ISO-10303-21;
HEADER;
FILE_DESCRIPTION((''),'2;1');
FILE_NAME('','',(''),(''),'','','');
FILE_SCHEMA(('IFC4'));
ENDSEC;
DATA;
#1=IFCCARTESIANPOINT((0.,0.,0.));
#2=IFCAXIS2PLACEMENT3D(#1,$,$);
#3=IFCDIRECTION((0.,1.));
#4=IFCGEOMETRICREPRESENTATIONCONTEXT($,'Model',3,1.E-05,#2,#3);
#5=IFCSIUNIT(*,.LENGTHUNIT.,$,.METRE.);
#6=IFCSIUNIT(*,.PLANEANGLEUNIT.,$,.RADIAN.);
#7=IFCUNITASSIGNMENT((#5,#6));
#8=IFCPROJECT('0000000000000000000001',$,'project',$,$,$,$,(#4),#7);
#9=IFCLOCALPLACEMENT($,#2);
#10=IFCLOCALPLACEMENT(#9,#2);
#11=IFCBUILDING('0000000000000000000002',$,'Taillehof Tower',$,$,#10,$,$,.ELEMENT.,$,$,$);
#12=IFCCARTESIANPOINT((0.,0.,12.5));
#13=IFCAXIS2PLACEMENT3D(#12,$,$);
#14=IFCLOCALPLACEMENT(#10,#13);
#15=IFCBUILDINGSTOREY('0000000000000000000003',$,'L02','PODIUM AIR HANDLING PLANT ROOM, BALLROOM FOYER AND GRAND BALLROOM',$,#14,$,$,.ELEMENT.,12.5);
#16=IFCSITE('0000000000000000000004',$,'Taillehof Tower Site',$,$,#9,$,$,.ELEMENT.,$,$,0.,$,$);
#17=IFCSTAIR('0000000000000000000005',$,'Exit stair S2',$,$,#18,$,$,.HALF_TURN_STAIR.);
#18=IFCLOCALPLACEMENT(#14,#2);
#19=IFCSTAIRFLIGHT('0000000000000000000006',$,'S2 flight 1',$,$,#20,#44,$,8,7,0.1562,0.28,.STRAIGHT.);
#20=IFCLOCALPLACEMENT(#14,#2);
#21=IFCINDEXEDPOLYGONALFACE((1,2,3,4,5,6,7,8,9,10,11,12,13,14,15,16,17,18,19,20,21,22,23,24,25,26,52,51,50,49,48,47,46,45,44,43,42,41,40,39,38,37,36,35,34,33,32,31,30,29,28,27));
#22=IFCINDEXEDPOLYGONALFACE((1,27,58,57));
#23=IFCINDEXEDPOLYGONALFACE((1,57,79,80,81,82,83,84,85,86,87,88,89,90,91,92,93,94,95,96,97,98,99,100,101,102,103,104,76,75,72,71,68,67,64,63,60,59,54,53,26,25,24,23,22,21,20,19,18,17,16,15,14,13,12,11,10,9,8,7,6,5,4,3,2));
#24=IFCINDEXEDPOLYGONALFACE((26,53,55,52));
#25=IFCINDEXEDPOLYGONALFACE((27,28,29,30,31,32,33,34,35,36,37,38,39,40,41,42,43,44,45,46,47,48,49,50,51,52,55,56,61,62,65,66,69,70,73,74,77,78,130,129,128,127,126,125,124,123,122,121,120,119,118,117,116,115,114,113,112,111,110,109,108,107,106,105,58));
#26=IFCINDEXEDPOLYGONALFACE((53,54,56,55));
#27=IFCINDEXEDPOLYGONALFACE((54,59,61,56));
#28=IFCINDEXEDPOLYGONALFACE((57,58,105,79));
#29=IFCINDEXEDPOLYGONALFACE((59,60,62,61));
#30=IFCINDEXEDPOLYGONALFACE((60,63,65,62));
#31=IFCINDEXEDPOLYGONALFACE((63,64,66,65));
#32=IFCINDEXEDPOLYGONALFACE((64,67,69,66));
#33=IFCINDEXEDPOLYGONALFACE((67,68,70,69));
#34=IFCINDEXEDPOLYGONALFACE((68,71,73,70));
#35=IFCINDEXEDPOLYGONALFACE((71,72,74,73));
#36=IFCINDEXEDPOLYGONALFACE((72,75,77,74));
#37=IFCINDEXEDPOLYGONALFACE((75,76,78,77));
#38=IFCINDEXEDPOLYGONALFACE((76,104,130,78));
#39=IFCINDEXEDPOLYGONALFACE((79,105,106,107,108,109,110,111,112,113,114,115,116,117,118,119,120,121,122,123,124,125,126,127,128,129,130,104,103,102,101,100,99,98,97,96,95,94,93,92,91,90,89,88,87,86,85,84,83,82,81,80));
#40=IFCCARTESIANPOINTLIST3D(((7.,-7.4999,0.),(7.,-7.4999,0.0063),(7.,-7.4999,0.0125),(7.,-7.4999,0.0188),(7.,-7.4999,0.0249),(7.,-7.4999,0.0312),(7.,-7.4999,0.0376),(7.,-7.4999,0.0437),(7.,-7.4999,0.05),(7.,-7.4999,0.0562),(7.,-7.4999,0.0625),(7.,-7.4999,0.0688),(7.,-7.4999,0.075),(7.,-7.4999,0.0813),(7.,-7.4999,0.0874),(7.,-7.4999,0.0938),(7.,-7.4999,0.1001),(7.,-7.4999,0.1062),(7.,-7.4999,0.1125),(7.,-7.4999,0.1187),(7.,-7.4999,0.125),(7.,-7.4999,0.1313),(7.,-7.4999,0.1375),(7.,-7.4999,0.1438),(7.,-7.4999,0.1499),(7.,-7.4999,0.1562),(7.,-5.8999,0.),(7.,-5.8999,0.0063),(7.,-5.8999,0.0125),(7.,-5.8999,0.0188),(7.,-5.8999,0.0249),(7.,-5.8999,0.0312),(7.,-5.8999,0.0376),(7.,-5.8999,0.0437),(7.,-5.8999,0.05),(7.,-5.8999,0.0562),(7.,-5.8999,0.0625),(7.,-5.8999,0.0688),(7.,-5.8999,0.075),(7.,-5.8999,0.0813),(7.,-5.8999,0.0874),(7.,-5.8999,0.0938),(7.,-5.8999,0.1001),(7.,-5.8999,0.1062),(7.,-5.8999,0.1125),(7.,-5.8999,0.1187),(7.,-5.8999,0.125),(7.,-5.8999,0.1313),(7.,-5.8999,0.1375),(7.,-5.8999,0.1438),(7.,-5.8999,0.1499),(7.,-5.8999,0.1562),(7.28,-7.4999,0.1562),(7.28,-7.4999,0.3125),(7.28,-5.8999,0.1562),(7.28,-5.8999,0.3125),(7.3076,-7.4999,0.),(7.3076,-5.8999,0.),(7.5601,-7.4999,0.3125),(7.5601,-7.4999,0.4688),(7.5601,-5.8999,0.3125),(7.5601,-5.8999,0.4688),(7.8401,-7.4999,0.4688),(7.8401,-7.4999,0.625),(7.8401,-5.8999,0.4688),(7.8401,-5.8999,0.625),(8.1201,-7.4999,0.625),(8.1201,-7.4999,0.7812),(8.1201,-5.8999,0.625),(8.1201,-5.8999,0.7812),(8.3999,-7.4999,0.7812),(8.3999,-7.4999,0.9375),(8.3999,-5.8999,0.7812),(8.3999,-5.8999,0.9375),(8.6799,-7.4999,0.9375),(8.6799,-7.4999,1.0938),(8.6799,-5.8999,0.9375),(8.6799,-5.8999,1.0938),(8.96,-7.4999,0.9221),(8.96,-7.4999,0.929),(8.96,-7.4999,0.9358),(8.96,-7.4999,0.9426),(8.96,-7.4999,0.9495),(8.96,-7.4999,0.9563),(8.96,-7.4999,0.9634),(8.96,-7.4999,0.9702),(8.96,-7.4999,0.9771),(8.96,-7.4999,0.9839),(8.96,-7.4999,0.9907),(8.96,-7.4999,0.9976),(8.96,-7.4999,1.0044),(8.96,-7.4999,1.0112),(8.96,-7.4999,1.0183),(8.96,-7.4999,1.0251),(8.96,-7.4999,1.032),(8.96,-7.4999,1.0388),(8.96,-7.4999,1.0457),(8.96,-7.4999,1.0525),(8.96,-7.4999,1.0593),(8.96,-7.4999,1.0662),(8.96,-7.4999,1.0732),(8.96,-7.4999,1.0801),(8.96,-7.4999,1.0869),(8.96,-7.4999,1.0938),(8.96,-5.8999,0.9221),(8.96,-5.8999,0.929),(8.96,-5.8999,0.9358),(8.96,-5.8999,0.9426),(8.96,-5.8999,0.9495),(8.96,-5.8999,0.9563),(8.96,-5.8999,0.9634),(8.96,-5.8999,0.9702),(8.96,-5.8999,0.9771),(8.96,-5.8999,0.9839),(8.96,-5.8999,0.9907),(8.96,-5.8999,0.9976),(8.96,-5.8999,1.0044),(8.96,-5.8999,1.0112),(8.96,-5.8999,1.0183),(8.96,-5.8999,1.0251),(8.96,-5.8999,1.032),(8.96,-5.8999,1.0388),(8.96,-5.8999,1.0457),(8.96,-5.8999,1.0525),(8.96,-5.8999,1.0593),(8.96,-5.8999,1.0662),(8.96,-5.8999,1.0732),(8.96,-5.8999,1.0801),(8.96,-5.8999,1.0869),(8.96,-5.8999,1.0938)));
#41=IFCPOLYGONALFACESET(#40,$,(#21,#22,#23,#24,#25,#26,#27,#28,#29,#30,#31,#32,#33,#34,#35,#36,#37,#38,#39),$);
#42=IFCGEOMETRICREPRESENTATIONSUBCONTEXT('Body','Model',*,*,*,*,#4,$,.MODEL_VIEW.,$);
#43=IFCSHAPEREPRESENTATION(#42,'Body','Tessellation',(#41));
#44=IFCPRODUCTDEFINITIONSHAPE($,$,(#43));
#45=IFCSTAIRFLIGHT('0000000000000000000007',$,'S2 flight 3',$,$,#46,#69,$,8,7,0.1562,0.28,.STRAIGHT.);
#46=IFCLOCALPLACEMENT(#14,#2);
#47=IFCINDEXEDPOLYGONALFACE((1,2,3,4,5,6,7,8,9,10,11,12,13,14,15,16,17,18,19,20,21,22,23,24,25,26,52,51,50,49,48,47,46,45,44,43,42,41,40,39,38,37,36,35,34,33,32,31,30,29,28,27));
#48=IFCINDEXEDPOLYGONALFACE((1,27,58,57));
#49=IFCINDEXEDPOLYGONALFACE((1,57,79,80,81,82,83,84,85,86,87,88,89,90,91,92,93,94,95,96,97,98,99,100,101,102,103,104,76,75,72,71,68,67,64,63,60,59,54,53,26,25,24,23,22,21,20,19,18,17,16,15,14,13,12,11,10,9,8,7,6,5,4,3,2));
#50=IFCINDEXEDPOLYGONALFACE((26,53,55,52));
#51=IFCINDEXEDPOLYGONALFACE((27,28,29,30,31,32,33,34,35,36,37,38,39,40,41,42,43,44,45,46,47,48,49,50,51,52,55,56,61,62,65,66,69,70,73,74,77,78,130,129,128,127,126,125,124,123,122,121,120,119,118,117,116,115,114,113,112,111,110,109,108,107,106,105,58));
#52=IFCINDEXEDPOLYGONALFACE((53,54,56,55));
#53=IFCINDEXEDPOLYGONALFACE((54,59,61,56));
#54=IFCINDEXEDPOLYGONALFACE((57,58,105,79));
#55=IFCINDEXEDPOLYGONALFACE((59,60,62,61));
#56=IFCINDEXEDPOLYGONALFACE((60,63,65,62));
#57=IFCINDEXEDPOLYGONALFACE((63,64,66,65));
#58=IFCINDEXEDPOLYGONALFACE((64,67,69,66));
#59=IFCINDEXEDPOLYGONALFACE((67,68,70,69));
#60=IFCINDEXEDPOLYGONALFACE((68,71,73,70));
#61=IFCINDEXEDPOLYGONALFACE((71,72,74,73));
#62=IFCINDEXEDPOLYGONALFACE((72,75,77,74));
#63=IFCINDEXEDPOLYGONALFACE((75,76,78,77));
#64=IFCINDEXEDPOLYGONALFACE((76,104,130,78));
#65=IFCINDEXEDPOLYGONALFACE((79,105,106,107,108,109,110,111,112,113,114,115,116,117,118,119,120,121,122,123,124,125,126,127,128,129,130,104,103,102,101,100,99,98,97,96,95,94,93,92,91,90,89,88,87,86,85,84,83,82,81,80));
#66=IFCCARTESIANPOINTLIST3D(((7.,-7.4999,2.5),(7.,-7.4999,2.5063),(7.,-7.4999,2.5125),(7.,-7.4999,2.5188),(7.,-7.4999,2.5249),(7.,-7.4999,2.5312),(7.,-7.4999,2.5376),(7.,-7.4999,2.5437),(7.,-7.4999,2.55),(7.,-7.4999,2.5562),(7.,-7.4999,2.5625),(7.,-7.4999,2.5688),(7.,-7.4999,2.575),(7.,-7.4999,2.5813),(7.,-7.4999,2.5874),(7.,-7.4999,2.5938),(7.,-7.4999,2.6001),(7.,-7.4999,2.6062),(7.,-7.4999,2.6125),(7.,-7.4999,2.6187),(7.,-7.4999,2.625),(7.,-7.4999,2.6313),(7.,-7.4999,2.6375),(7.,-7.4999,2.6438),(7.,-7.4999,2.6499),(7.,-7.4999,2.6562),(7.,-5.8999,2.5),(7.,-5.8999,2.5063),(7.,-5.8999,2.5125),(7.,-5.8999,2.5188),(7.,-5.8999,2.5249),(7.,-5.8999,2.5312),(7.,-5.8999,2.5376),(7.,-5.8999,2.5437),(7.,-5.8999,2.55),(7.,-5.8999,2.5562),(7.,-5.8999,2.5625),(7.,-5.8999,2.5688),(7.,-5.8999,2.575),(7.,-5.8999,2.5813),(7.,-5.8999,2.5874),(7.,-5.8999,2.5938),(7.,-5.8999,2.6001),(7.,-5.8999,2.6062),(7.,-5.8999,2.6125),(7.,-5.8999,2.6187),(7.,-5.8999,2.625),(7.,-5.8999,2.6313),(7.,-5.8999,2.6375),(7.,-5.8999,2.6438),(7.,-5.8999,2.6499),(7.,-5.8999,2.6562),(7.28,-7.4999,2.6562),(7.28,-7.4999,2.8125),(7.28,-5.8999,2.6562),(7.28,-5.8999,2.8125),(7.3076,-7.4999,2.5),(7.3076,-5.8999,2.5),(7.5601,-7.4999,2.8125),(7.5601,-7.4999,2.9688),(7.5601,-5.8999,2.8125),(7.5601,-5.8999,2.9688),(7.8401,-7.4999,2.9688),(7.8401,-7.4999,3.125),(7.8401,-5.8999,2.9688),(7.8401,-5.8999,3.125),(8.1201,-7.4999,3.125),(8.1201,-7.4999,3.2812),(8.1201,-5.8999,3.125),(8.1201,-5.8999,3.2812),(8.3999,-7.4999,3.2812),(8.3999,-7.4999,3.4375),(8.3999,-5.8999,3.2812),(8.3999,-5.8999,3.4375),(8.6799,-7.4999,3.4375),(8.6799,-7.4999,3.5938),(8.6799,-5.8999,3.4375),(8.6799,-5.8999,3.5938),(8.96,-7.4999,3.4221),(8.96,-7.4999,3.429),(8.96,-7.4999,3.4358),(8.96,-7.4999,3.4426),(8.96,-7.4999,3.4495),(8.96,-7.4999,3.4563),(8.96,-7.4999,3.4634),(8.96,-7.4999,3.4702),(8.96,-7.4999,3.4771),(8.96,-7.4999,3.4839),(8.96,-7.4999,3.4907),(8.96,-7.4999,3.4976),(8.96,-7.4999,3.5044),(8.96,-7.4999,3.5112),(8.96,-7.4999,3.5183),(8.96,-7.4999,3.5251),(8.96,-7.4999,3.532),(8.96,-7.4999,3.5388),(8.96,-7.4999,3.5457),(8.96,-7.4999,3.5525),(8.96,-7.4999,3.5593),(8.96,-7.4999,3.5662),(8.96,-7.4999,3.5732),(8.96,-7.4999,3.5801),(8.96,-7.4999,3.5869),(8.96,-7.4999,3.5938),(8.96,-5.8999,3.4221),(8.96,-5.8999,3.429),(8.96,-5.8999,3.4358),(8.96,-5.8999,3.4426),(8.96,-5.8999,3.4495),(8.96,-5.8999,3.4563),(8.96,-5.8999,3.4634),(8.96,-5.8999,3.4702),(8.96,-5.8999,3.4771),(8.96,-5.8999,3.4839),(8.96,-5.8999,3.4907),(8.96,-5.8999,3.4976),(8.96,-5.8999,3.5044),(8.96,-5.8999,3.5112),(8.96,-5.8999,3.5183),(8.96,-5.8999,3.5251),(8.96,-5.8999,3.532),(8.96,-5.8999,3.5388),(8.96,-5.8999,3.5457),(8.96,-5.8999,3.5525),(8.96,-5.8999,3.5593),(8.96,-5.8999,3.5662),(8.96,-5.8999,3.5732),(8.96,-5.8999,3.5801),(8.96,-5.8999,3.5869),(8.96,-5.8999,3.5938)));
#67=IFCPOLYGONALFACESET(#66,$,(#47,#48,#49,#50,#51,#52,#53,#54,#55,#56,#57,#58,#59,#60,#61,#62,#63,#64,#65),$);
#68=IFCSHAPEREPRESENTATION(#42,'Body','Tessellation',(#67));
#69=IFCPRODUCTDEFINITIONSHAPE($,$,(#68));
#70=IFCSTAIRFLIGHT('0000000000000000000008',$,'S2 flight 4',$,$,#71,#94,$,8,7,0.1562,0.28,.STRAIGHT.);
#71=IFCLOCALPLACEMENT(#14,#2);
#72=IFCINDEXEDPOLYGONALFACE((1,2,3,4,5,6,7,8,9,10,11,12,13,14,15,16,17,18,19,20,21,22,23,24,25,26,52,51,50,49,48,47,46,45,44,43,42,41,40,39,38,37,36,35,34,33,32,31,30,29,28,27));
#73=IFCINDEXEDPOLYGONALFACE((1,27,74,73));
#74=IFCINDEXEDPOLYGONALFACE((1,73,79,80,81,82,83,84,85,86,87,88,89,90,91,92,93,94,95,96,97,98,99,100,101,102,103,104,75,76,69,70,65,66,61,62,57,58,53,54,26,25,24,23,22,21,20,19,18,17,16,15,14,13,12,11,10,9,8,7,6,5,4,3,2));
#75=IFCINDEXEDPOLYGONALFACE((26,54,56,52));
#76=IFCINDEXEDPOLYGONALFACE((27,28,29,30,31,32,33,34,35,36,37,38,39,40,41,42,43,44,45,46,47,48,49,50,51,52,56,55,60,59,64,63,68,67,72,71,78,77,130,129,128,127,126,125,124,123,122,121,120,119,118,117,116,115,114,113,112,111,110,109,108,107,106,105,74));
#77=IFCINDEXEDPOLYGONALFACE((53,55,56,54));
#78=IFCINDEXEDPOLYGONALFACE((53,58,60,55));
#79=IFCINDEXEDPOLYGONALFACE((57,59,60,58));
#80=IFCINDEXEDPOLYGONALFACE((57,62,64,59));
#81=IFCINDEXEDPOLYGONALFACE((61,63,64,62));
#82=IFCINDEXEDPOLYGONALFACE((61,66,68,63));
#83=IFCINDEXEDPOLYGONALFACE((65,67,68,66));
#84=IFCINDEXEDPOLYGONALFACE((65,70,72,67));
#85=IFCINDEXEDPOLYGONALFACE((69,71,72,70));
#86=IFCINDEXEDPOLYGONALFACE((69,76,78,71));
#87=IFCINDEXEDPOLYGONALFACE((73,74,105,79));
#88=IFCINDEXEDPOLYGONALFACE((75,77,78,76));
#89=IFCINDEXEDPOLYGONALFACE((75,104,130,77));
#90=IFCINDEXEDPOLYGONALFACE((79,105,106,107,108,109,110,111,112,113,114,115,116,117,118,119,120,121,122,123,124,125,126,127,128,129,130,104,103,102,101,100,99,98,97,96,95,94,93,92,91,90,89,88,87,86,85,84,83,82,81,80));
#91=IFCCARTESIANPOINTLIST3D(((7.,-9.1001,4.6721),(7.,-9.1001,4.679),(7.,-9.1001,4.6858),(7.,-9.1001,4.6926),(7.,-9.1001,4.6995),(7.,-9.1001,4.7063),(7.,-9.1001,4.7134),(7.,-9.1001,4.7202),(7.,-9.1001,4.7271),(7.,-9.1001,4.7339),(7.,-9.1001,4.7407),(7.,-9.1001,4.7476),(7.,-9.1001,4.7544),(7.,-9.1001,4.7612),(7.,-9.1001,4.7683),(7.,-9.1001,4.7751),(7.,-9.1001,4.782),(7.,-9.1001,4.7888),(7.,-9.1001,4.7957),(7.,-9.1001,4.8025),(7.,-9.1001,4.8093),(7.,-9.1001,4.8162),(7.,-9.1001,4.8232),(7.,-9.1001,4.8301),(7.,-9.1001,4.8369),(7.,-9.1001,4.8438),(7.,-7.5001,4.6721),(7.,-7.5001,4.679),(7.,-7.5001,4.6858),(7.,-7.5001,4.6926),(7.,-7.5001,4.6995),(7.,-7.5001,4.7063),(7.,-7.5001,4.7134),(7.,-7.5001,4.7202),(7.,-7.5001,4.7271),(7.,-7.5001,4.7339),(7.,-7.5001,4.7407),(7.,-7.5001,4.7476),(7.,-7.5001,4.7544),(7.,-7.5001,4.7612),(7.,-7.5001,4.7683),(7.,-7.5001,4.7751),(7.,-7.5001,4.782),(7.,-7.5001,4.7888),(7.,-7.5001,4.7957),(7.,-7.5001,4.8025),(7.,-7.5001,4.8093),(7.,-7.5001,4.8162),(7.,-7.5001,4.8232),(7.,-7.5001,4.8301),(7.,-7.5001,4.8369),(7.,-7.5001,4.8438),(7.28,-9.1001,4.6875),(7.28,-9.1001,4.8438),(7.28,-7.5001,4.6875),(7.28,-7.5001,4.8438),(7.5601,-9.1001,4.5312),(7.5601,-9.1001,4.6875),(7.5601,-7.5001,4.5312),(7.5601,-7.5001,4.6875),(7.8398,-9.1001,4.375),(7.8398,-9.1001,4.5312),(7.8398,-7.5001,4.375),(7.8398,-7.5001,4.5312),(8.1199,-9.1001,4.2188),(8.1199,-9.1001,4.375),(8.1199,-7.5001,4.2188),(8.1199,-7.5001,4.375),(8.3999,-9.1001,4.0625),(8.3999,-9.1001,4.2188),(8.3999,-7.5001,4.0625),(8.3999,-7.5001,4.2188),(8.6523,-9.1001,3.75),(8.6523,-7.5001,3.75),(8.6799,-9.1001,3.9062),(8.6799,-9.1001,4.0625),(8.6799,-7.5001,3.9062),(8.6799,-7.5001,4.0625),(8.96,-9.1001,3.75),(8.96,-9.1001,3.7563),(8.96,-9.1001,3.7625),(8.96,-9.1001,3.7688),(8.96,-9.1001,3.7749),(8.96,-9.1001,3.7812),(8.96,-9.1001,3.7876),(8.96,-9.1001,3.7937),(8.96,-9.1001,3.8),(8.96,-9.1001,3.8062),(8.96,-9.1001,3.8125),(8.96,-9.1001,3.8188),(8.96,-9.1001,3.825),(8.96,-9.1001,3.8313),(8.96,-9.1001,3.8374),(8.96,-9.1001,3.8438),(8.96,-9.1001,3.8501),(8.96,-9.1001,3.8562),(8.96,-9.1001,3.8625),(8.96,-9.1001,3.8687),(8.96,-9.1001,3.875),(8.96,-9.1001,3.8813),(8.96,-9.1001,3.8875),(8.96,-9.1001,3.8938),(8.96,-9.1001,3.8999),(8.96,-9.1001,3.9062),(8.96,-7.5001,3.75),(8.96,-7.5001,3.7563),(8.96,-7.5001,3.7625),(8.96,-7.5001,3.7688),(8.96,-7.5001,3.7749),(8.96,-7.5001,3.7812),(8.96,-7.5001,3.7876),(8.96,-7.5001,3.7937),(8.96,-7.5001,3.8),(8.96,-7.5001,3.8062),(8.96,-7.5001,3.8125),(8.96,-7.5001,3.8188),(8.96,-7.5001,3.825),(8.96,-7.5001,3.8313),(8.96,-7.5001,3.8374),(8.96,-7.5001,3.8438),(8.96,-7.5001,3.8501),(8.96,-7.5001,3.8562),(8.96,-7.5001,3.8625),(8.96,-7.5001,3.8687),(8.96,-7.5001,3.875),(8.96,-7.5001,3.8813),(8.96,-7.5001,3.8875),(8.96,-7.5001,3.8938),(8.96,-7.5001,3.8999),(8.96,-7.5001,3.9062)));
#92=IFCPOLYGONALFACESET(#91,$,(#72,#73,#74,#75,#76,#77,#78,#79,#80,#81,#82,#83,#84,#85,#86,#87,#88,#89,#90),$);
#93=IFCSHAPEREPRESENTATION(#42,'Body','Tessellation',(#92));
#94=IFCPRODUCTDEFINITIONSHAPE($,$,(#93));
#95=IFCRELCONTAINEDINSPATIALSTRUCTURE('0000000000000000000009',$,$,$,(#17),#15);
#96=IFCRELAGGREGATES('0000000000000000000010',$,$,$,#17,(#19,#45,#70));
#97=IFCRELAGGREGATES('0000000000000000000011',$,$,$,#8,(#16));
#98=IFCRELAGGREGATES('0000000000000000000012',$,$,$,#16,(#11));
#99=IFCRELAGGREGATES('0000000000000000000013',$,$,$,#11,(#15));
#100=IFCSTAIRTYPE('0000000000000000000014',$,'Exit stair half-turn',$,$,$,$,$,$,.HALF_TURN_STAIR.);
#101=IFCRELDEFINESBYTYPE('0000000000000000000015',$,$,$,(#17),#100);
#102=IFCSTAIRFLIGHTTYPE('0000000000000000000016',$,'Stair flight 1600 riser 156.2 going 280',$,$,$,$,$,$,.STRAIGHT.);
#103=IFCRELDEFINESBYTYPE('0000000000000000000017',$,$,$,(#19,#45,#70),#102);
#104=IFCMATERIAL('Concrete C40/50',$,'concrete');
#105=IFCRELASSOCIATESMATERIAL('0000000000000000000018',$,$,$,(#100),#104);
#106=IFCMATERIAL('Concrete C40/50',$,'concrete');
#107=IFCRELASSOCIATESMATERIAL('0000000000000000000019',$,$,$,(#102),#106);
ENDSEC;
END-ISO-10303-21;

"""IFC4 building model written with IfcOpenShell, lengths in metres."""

from ifc_helpers import new_model, si_unit, direction, frame, origin, place, context, subcontext, project, spatial, polyline, outline, extrude, material, type_object, element, aggregate, save


model = new_model("IFC4")

# Units and contexts
model_context = context("Model", 3, precision=1e-05, world=origin(), true_north=direction((0.0, 1.0)))
body_context = subcontext(model_context, "Body", "Model", "MODEL_VIEW")
ifc_project = project(units=[si_unit("LENGTHUNIT", "METRE"), si_unit("PLANEANGLEUNIT", "RADIAN")], contexts=[model_context])

# Site, building, storey
site_placement = place(None, origin())
site = spatial("IfcSite", under=ifc_project, at=site_placement, Name="Taillehof Tower Site", CompositionType="ELEMENT", RefElevation=0.0)
building_placement = place(site_placement, origin())
building = spatial("IfcBuilding", under=site, at=building_placement, Name="Taillehof Tower", CompositionType="ELEMENT")
storey_placement = place(building_placement, frame((0.0, 0.0, 12.5)))
storey = spatial("IfcBuildingStorey", under=building, at=storey_placement, Name="L02", Description="PODIUM AIR HANDLING PLANT ROOM, BALLROOM FOYER AND GRAND BALLROOM", CompositionType="ELEMENT", Elevation=12.5)

# Stair, stair flights
ifc_material_1 = material(Name="Concrete C40/50", Category="concrete")
stair_type = type_object("IfcStairType", Name="Exit stair half-turn", PredefinedType="HALF_TURN_STAIR", material=ifc_material_1)
stair_placement = place(storey_placement, origin())
stair = element("IfcStair", 1, at=stair_placement, inside=storey, type_object=stair_type, Name="Exit stair S2", PredefinedType="HALF_TURN_STAIR")
ifc_material_2 = material(Name="Concrete C40/50", Category="concrete")
stair_flight_type = type_object("IfcStairFlightType", Name="Stair flight 1600 riser 156.2 going 280", PredefinedType="STRAIGHT", material=ifc_material_2)
stair_flight_1_placement = place(storey_placement, frame((7.0, -6.7, 0.0), z_axis=(0.0, 0.0, 1.0), x_axis=(1.0, 0.0, 0.0)))
stair_flight_1 = element("IfcStairFlight", 2, at=stair_flight_1_placement, type_object=stair_flight_type, Name="S2 flight 1", NumberOfRisers=8, NumberOfTreads=7, PredefinedType="STRAIGHT", RiserHeight=0.1562, TreadLength=0.28, context=body_context, shape_type="SweptSolid", body=[
    extrude(outline(polyline([(0.0, 0.0), (0.0, 0.0063), (0.0, 0.0125), (0.0, 0.0188), (0.0, 0.0249), (0.0, 0.0312), (0.0, 0.0376), (0.0, 0.0437), (0.0, 0.05), (0.0, 0.0562), (0.0, 0.0625), (0.0, 0.0688), (0.0, 0.075), (0.0, 0.0813), (0.0, 0.0874), (0.0, 0.0938), (0.0, 0.1001), (0.0, 0.1062), (0.0, 0.1125), (0.0, 0.1187), (0.0, 0.125), (0.0, 0.1313), (0.0, 0.1375), (0.0, 0.1438), (0.0, 0.1499), (0.0, 0.1562), (0.28, 0.1562), (0.28, 0.3125), (0.5601, 0.3125), (0.5601, 0.4688), (0.8401, 0.4688), (0.8401, 0.625), (1.1201, 0.625), (1.1201, 0.7812), (1.3999, 0.7812), (1.3999, 0.9375), (1.6799, 0.9375), (1.6799, 1.0938), (1.96, 1.0938), (1.96, 1.0869), (1.96, 1.0801), (1.96, 1.0732), (1.96, 1.0662), (1.96, 1.0593), (1.96, 1.0525), (1.96, 1.0457), (1.96, 1.0388), (1.96, 1.032), (1.96, 1.0251), (1.96, 1.0183), (1.96, 1.0112), (1.96, 1.0044), (1.96, 0.9976), (1.96, 0.9907), (1.96, 0.9839), (1.96, 0.9771), (1.96, 0.9702), (1.96, 0.9634), (1.96, 0.9563), (1.96, 0.9495), (1.96, 0.9426), (1.96, 0.9358), (1.96, 0.929), (1.96, 0.9221), (0.3076, 0.0), (0.0, 0.0)])), frame((0.0, 0.8, 0.0), z_axis=(0.0, -1.0, 0.0), x_axis=(1.0, 0.0, 0.0)), (0.0, 0.0, 1.0), 1.6),
])
stair_flight_2_placement = place(storey_placement, frame((7.0, -6.7, 2.5), z_axis=(0.0, 0.0, 1.0), x_axis=(1.0, 0.0, 0.0)))
stair_flight_2 = element("IfcStairFlight", 3, at=stair_flight_2_placement, type_object=stair_flight_type, Name="S2 flight 3", NumberOfRisers=8, NumberOfTreads=7, PredefinedType="STRAIGHT", RiserHeight=0.1562, TreadLength=0.28, context=body_context, shape_type="SweptSolid", body=[
    extrude(outline(polyline([(0.0, 0.0), (0.0, 0.0063), (0.0, 0.0125), (0.0, 0.0188), (0.0, 0.0249), (0.0, 0.0312), (0.0, 0.0376), (0.0, 0.0437), (0.0, 0.05), (0.0, 0.0562), (0.0, 0.0625), (0.0, 0.0688), (0.0, 0.075), (0.0, 0.0813), (0.0, 0.0874), (0.0, 0.0938), (0.0, 0.1001), (0.0, 0.1062), (0.0, 0.1125), (0.0, 0.1187), (0.0, 0.125), (0.0, 0.1313), (0.0, 0.1375), (0.0, 0.1438), (0.0, 0.1499), (0.0, 0.1562), (0.28, 0.1562), (0.28, 0.3125), (0.5601, 0.3125), (0.5601, 0.4688), (0.8401, 0.4688), (0.8401, 0.625), (1.1201, 0.625), (1.1201, 0.7812), (1.3999, 0.7812), (1.3999, 0.9375), (1.6799, 0.9375), (1.6799, 1.0938), (1.96, 1.0938), (1.96, 1.0869), (1.96, 1.0801), (1.96, 1.0732), (1.96, 1.0662), (1.96, 1.0593), (1.96, 1.0525), (1.96, 1.0457), (1.96, 1.0388), (1.96, 1.032), (1.96, 1.0251), (1.96, 1.0183), (1.96, 1.0112), (1.96, 1.0044), (1.96, 0.9976), (1.96, 0.9907), (1.96, 0.9839), (1.96, 0.9771), (1.96, 0.9702), (1.96, 0.9634), (1.96, 0.9563), (1.96, 0.9495), (1.96, 0.9426), (1.96, 0.9358), (1.96, 0.929), (1.96, 0.9221), (0.3076, 0.0), (0.0, 0.0)])), frame((0.0, 0.8, 0.0), z_axis=(0.0, -1.0, 0.0), x_axis=(1.0, 0.0, 0.0)), (0.0, 0.0, 1.0), 1.6),
])
stair_flight_3_placement = place(storey_placement, frame((8.96, -8.3, 3.75), z_axis=(0.0, 0.0, 1.0), x_axis=(-1.0, 0.0, 0.0)))
stair_flight_3 = element("IfcStairFlight", 4, at=stair_flight_3_placement, type_object=stair_flight_type, Name="S2 flight 4", NumberOfRisers=8, NumberOfTreads=7, PredefinedType="STRAIGHT", RiserHeight=0.1562, TreadLength=0.28, context=body_context, shape_type="SweptSolid", body=[
    extrude(outline(polyline([(0.0, 0.0), (0.0, 0.0063), (0.0, 0.0125), (0.0, 0.0188), (0.0, 0.0249), (0.0, 0.0312), (0.0, 0.0376), (0.0, 0.0437), (0.0, 0.05), (0.0, 0.0562), (0.0, 0.0625), (0.0, 0.0688), (0.0, 0.075), (0.0, 0.0813), (0.0, 0.0874), (0.0, 0.0938), (0.0, 0.1001), (0.0, 0.1062), (0.0, 0.1125), (0.0, 0.1187), (0.0, 0.125), (0.0, 0.1313), (0.0, 0.1375), (0.0, 0.1438), (0.0, 0.1499), (0.0, 0.1562), (0.28, 0.1562), (0.28, 0.3125), (0.5601, 0.3125), (0.5601, 0.4688), (0.8401, 0.4688), (0.8401, 0.625), (1.1201, 0.625), (1.1201, 0.7812), (1.3999, 0.7812), (1.3999, 0.9375), (1.6799, 0.9375), (1.6799, 1.0938), (1.96, 1.0938), (1.96, 1.0869), (1.96, 1.0801), (1.96, 1.0732), (1.96, 1.0662), (1.96, 1.0593), (1.96, 1.0525), (1.96, 1.0457), (1.96, 1.0388), (1.96, 1.032), (1.96, 1.0251), (1.96, 1.0183), (1.96, 1.0112), (1.96, 1.0044), (1.96, 0.9976), (1.96, 0.9907), (1.96, 0.9839), (1.96, 0.9771), (1.96, 0.9702), (1.96, 0.9634), (1.96, 0.9563), (1.96, 0.9495), (1.96, 0.9426), (1.96, 0.9358), (1.96, 0.929), (1.96, 0.9221), (0.3076, 0.0), (0.0, 0.0)])), frame((0.0, 0.8, 0.0), z_axis=(0.0, -1.0, 0.0), x_axis=(1.0, 0.0, 0.0)), (0.0, 0.0, 1.0), 1.6),
])
aggregate(stair, [stair_flight_1, stair_flight_2, stair_flight_3])

save(model, "model.ifc")
